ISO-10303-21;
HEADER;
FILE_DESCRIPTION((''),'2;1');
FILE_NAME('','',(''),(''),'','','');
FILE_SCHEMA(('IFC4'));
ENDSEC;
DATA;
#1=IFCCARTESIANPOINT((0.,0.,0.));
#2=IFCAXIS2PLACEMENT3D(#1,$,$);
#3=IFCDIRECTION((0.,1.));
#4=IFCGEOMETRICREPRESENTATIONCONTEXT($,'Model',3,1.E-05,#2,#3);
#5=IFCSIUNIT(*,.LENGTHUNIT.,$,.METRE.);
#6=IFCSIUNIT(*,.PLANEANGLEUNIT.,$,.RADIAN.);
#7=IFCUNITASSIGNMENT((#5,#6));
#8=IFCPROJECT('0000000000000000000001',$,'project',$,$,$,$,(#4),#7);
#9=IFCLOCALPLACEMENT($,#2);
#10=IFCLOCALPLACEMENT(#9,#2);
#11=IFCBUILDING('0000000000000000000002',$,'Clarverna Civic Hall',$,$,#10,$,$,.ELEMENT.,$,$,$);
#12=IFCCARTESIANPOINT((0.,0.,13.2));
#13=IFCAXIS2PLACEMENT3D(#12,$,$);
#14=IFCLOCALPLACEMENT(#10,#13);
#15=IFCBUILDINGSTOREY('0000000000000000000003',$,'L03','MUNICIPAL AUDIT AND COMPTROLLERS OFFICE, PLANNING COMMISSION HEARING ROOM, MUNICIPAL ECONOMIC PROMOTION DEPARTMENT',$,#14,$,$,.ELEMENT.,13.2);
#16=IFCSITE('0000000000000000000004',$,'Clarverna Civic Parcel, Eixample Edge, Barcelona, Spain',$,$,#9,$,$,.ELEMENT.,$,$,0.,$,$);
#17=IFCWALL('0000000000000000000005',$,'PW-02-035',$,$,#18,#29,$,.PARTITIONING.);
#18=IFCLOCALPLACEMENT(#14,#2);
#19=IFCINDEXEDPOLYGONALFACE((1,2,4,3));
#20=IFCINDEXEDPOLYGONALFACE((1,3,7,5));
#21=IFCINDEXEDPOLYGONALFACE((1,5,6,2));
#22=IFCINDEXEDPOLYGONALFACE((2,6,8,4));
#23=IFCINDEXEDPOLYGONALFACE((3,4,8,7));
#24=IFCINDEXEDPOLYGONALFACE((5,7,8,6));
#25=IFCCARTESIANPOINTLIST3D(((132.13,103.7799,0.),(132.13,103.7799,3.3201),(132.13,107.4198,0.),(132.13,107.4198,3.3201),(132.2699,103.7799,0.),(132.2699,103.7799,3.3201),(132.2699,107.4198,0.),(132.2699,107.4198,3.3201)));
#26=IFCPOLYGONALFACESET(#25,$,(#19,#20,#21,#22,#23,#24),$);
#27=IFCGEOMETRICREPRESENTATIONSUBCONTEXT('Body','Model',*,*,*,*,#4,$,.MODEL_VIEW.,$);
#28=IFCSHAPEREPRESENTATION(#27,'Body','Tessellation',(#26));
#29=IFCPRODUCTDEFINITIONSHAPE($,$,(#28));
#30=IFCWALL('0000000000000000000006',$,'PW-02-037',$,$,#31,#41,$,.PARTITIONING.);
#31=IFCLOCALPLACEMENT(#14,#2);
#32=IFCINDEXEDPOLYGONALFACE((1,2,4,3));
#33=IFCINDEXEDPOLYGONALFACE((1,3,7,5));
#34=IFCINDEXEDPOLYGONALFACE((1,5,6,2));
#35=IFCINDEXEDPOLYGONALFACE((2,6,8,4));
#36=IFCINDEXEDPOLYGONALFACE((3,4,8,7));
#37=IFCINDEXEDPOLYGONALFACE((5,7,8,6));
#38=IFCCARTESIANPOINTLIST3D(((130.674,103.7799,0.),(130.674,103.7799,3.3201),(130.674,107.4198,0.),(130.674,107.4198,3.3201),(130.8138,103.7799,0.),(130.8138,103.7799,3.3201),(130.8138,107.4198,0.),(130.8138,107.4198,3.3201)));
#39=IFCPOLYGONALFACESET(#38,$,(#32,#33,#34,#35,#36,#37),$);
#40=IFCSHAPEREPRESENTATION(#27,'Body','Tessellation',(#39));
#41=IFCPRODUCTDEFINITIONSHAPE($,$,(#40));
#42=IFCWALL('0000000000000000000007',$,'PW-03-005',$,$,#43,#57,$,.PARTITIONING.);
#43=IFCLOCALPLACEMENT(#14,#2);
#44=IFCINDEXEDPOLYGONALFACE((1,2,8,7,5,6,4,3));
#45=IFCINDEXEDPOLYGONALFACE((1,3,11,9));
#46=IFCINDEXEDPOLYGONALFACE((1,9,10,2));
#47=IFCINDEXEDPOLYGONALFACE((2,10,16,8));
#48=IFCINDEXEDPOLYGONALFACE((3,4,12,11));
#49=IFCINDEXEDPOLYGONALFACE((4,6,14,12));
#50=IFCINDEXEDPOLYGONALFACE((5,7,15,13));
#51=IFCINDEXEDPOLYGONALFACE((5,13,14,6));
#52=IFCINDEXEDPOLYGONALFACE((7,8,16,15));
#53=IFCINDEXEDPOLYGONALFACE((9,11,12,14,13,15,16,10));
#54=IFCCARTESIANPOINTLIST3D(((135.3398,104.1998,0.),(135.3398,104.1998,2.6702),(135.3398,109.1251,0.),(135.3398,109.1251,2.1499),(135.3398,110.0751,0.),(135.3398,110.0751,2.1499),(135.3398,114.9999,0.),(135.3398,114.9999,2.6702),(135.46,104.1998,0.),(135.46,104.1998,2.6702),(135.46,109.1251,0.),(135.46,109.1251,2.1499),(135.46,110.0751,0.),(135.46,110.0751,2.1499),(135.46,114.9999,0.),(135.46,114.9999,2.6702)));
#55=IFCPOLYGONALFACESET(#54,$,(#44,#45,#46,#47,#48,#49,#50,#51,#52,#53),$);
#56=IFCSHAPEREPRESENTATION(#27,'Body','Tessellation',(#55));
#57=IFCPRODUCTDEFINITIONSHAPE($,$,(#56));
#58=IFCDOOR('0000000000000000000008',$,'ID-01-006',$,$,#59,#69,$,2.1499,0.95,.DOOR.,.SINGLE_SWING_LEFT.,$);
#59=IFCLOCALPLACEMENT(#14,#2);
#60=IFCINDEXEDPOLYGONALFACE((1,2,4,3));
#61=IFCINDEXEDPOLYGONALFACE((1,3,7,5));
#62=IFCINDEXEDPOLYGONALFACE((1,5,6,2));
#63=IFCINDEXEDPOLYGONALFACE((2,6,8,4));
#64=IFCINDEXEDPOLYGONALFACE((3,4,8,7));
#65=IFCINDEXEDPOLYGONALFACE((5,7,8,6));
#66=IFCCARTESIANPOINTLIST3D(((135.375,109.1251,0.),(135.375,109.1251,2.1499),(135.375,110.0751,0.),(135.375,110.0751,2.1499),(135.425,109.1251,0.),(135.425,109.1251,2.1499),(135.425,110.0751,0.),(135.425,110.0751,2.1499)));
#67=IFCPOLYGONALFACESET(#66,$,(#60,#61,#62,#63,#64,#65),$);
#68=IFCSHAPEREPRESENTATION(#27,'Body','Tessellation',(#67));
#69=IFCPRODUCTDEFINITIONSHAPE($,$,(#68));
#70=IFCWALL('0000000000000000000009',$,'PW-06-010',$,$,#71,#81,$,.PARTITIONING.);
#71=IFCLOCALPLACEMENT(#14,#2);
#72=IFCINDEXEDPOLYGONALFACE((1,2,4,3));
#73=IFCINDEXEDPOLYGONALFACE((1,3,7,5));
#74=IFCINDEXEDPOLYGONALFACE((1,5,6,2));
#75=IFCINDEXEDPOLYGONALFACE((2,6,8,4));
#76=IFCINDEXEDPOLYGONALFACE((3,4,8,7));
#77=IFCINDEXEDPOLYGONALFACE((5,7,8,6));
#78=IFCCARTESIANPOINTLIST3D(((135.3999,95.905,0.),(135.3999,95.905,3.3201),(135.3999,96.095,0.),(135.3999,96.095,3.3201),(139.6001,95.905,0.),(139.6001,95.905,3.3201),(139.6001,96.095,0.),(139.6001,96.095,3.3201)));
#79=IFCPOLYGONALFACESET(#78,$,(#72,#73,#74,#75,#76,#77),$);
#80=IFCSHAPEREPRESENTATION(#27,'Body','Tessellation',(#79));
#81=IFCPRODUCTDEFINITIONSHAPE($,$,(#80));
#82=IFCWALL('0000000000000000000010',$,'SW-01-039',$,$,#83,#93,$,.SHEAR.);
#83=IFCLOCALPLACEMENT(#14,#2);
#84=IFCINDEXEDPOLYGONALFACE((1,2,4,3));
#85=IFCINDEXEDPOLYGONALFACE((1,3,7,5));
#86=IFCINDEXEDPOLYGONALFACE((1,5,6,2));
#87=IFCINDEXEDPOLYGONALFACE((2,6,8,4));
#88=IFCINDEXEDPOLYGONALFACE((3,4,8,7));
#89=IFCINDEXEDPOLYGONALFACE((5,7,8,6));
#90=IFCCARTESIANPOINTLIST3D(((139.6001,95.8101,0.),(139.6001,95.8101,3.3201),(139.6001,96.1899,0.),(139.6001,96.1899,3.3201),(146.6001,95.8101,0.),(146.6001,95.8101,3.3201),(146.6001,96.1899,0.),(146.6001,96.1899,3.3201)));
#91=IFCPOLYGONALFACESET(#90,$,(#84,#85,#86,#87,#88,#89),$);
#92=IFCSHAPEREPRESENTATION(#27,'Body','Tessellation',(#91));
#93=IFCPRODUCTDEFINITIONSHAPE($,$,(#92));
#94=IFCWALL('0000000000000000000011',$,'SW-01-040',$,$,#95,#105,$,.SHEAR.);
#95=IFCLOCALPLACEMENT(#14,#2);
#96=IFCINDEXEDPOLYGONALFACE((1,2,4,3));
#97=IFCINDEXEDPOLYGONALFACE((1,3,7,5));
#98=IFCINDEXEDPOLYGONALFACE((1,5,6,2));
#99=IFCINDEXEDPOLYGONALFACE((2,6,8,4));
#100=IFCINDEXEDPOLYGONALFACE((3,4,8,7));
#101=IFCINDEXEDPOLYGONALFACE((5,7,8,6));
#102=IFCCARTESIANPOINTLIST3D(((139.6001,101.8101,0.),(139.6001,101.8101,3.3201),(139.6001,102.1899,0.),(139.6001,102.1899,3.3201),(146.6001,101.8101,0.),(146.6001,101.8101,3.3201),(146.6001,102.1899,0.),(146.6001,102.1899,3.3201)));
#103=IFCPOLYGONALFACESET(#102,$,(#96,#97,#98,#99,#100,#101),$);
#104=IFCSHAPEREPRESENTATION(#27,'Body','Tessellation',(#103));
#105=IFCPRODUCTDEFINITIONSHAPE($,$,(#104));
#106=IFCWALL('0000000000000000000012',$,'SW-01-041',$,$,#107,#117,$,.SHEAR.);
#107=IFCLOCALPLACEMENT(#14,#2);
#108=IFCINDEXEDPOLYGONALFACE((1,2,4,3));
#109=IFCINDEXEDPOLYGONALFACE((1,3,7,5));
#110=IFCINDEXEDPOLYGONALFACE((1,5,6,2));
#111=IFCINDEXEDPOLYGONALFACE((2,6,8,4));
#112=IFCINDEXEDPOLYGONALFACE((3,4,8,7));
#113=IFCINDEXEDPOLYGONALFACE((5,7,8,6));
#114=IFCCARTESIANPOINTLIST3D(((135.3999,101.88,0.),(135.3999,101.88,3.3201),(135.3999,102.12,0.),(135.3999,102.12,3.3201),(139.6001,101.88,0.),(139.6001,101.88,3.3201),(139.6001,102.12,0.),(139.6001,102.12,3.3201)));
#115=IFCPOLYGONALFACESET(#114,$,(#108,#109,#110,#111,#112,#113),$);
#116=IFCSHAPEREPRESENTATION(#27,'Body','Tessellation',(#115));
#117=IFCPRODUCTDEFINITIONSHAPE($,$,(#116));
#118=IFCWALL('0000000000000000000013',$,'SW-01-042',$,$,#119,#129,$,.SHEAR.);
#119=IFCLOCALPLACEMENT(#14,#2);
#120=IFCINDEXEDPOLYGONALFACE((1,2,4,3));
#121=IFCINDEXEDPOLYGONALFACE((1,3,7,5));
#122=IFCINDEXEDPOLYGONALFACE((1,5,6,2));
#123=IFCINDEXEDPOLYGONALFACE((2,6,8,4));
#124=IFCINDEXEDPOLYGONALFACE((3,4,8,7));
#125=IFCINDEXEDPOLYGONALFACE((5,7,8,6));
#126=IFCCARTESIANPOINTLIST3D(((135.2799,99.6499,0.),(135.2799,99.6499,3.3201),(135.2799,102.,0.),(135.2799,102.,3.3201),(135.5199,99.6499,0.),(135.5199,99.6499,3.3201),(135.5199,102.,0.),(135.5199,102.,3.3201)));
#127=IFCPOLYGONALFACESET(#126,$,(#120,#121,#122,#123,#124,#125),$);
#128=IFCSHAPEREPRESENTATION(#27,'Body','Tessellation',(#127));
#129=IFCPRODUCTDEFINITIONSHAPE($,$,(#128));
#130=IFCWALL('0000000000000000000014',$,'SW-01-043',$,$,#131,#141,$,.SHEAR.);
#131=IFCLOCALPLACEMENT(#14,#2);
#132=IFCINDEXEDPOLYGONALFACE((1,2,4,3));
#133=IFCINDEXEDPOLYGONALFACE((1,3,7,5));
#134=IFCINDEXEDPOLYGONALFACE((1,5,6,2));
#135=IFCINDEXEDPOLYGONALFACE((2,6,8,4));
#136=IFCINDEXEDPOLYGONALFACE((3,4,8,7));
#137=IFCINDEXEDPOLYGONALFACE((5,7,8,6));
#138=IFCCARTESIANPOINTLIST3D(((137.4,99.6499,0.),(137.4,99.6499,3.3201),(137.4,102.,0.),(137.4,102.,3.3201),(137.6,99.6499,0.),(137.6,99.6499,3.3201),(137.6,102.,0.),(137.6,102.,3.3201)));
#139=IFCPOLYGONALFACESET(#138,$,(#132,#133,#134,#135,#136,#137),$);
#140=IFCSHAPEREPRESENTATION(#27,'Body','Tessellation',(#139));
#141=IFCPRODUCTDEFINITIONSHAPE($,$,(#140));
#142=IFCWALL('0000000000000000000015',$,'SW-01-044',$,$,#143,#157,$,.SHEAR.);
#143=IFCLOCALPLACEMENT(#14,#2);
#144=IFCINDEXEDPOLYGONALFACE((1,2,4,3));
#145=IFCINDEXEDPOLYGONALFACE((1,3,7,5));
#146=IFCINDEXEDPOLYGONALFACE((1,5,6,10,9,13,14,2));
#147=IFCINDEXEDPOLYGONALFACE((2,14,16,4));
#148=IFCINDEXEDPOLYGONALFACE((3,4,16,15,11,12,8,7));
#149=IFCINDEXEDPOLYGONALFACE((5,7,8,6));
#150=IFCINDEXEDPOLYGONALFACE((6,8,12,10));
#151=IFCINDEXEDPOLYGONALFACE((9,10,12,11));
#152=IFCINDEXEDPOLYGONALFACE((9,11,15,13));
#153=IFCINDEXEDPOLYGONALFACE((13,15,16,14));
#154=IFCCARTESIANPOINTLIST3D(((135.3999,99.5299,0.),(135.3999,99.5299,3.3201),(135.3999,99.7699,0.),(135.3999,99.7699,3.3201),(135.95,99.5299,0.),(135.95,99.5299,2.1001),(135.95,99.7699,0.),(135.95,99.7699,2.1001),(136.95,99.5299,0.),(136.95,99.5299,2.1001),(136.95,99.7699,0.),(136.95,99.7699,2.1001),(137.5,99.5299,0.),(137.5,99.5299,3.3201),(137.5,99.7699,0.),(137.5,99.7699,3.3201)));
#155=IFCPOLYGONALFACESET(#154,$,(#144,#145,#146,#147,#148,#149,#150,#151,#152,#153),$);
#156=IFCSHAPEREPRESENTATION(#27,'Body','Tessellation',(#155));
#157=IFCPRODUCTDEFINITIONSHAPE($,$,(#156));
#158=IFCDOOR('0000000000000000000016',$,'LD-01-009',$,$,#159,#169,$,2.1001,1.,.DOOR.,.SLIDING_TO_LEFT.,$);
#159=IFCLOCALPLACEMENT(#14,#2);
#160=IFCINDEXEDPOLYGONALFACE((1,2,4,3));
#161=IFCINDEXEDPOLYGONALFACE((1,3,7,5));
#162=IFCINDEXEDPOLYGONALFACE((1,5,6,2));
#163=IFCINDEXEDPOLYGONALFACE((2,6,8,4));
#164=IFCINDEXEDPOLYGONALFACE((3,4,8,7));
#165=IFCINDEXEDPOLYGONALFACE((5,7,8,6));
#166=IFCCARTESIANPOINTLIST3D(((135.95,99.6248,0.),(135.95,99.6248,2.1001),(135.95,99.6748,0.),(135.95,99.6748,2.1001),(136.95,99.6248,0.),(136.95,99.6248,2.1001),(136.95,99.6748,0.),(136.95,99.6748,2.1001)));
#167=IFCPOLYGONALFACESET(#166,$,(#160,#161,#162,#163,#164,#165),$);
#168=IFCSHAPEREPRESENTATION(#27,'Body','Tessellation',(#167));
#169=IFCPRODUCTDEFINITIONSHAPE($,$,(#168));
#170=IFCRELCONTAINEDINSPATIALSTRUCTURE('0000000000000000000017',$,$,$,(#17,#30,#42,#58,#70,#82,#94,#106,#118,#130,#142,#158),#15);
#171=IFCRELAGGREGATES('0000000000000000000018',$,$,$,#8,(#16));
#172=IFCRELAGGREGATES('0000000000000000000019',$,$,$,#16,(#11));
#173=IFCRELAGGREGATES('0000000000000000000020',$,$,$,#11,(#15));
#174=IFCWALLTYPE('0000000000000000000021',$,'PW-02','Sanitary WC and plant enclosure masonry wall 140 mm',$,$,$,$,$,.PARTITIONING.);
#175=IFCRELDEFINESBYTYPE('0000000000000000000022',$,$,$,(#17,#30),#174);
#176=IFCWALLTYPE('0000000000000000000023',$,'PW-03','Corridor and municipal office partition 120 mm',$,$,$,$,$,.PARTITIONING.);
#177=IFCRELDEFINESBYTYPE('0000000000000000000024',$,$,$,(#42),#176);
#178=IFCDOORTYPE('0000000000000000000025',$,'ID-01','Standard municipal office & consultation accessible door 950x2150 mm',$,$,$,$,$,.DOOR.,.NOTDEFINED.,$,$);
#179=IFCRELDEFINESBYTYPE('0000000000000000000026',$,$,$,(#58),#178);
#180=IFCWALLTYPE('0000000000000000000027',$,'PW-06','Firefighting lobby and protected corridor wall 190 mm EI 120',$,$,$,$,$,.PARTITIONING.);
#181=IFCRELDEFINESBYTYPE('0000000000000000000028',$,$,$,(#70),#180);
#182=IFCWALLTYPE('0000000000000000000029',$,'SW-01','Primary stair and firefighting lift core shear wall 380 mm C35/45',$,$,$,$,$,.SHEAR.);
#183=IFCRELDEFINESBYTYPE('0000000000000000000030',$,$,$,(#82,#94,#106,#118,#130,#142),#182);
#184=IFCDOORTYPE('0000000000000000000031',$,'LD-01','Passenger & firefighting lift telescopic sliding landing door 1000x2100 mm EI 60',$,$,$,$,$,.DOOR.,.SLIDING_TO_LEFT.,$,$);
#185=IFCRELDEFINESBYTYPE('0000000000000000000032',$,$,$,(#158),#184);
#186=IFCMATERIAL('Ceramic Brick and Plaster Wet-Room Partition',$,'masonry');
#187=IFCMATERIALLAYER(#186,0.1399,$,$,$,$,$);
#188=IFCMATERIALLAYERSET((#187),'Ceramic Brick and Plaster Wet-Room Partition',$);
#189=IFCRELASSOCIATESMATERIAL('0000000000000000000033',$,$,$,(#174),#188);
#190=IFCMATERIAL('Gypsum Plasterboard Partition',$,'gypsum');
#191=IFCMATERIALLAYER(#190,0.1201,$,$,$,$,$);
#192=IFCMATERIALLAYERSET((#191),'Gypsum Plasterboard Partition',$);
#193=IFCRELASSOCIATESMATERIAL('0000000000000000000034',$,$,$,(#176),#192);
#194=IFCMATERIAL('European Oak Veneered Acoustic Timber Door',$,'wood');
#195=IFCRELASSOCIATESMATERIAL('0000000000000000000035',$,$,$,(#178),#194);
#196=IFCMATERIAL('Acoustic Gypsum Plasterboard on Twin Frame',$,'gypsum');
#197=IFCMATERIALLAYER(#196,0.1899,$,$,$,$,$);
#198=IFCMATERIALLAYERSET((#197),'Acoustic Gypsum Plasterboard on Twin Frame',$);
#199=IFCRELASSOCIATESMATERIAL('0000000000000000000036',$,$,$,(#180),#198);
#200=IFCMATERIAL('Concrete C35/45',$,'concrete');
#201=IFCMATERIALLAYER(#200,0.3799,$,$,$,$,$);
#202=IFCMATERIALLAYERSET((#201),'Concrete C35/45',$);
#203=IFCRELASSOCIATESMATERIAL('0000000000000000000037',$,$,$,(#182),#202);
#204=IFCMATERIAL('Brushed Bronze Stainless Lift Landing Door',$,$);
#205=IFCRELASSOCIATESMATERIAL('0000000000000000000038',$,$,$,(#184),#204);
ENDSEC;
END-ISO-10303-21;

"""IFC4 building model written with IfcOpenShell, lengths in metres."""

from ifc_helpers import new_model, si_unit, direction, frame, frame_2d, origin, place, context, subcontext, project, spatial, rectangle, extrude, material, layer, layer_set, type_object, element, fill, save


model = new_model("IFC4")

# Units and contexts
model_context = context("Model", 3, precision=1e-05, world=origin(), true_north=direction((0.0, 1.0)))
body_context = subcontext(model_context, "Body", "Model", "MODEL_VIEW")
ifc_project = project(units=[si_unit("LENGTHUNIT", "METRE"), si_unit("PLANEANGLEUNIT", "RADIAN")], contexts=[model_context])

# Site, building, storey
site_placement = place(None, origin())
site = spatial("IfcSite", under=ifc_project, at=site_placement, Name="Clarverna Civic Parcel, Eixample Edge, Barcelona, Spain", CompositionType="ELEMENT", RefElevation=0.0)
building_placement = place(site_placement, origin())
building = spatial("IfcBuilding", under=site, at=building_placement, Name="Clarverna Civic Hall", CompositionType="ELEMENT")
storey_placement = place(building_placement, frame((0.0, 0.0, 13.2)))
storey = spatial("IfcBuildingStorey", under=building, at=storey_placement, Name="L03", Description="MUNICIPAL AUDIT AND COMPTROLLERS OFFICE, PLANNING COMMISSION HEARING ROOM, MUNICIPAL ECONOMIC PROMOTION DEPARTMENT", CompositionType="ELEMENT", Elevation=13.2)

# Walls
ifc_material_1 = material(Name="Ceramic Brick and Plaster Wet-Room Partition", Category="masonry")
ifc_layer_1 = layer(ifc_material_1, 0.1399)
ifc_layer_set_1 = layer_set([ifc_layer_1], Name="Ceramic Brick and Plaster Wet-Room Partition")
wall_type_1 = type_object("IfcWallType", Name="PW-02", Description="Sanitary WC and plant enclosure masonry wall 140 mm", PredefinedType="PARTITIONING", material=ifc_layer_set_1)
for number, where, z_axis, x_axis, name in (
    (1, (132.2, 103.78, 0.0), (0.0, 0.0, 1.0), (0.0, 1.0, 0.0), "PW-02-035"),
    (2, (130.7439, 103.78, 0.0), (0.0, 0.0, 1.0), (0.0, 1.0, 0.0), "PW-02-037"),
):
    element("IfcWall", number, at=place(storey_placement, frame(where, z_axis=z_axis, x_axis=x_axis)), inside=storey, type_object=wall_type_1, Name=name, PredefinedType="PARTITIONING", context=body_context, shape_type="SweptSolid", body=[
        extrude(rectangle(XDim=3.6399, YDim=0.1399, at=frame_2d((1.8198, 0.0))), origin(), (0.0, 0.0, 1.0), 3.3201),
    ])

# Wall, opening, door
ifc_material_2 = material(Name="Gypsum Plasterboard Partition", Category="gypsum")
ifc_layer_2 = layer(ifc_material_2, 0.1201)
ifc_layer_set_2 = layer_set([ifc_layer_2], Name="Gypsum Plasterboard Partition")
wall_type_2 = type_object("IfcWallType", Name="PW-03", Description="Corridor and municipal office partition 120 mm", PredefinedType="PARTITIONING", material=ifc_layer_set_2)
wall_1_placement = place(storey_placement, frame((135.3999, 104.2, 0.0), z_axis=(0.0, 0.0, 1.0), x_axis=(0.0, 1.0, 0.0)))
wall_1 = element("IfcWall", 3, at=wall_1_placement, inside=storey, type_object=wall_type_2, Name="PW-03-005", PredefinedType="PARTITIONING", context=body_context, shape_type="SweptSolid", body=[
    extrude(rectangle(XDim=10.8, YDim=0.1201, at=frame_2d((5.3999, 0.0))), origin(), (0.0, 0.0, 1.0), 2.6702),
])
opening_1_placement = place(wall_1_placement, frame((4.925, 0.0, 0.0)))
opening_1 = element("IfcOpeningElement", 4, at=opening_1_placement, cuts=wall_1, PredefinedType="OPENING", context=body_context, shape_type="SweptSolid", body=[
    extrude(rectangle(XDim=0.95, YDim=2.1499, at=frame_2d((0.4751, 1.075))), frame((0.0, 0.0701, 0.0), z_axis=(0.0, -1.0, 0.0), x_axis=(1.0, 0.0, 0.0)), (0.0, 0.0, 1.0), 0.1401),
])
ifc_material_3 = material(Name="European Oak Veneered Acoustic Timber Door", Category="wood")
door_type_1 = type_object("IfcDoorType", Name="ID-01", Description="Standard municipal office & consultation accessible door 950x2150 mm", OperationType="NOTDEFINED", PredefinedType="DOOR", material=ifc_material_3)
door_1_placement = place(opening_1_placement, origin())
door_1 = element("IfcDoor", 5, at=door_1_placement, inside=storey, type_object=door_type_1, Name="ID-01-006", OperationType="SINGLE_SWING_LEFT", OverallHeight=2.1499, OverallWidth=0.95, PredefinedType="DOOR", context=body_context, shape_type="SweptSolid", body=[
    extrude(rectangle(XDim=0.95, YDim=2.1499, at=frame_2d((0.4751, 1.075))), frame((0.0, 0.0249, 0.0), z_axis=(0.0, -1.0, 0.0), x_axis=(1.0, 0.0, 0.0)), (0.0, 0.0, 1.0), 0.05),
])
fill(opening_1, door_1)
ifc_material_4 = material(Name="Acoustic Gypsum Plasterboard on Twin Frame", Category="gypsum")
ifc_layer_3 = layer(ifc_material_4, 0.1899)
ifc_layer_set_3 = layer_set([ifc_layer_3], Name="Acoustic Gypsum Plasterboard on Twin Frame")
wall_type_3 = type_object("IfcWallType", Name="PW-06", Description="Firefighting lobby and protected corridor wall 190 mm EI 120", PredefinedType="PARTITIONING", material=ifc_layer_set_3)

# Wall
wall_2_placement = place(storey_placement, frame((135.3999, 96.0, 0.0), z_axis=(0.0, 0.0, 1.0), x_axis=(1.0, 0.0, 0.0)))
element("IfcWall", 6, at=wall_2_placement, inside=storey, type_object=wall_type_3, Name="PW-06-010", PredefinedType="PARTITIONING", context=body_context, shape_type="SweptSolid", body=[
    extrude(rectangle(XDim=4.2002, YDim=0.1899, at=frame_2d((2.1001, 0.0))), origin(), (0.0, 0.0, 1.0), 3.3201),
])

# Shared definitions
ifc_material_5 = material(Name="Concrete C35/45", Category="concrete")
ifc_layer_4 = layer(ifc_material_5, 0.3799)
ifc_layer_set_4 = layer_set([ifc_layer_4], Name="Concrete C35/45")
wall_type_4 = type_object("IfcWallType", Name="SW-01", Description="Primary stair and firefighting lift core shear wall 380 mm C35/45", PredefinedType="SHEAR", material=ifc_layer_set_4)

# Walls
for number, where, z_axis, x_axis, name in (
    (7, (139.6001, 96.0, 0.0), (0.0, 0.0, 1.0), (1.0, 0.0, 0.0), "SW-01-039"),
    (8, (139.6001, 102.0, 0.0), (0.0, 0.0, 1.0), (1.0, 0.0, 0.0), "SW-01-040"),
):
    element("IfcWall", number, at=place(storey_placement, frame(where, z_axis=z_axis, x_axis=x_axis)), inside=storey, type_object=wall_type_4, Name=name, PredefinedType="SHEAR", context=body_context, shape_type="SweptSolid", body=[
        extrude(rectangle(XDim=7.0, YDim=0.3799, at=frame_2d((3.5, 0.0))), origin(), (0.0, 0.0, 1.0), 3.3201),
    ])
wall_3_placement = place(storey_placement, frame((135.3999, 102.0, 0.0), z_axis=(0.0, 0.0, 1.0), x_axis=(1.0, 0.0, 0.0)))
element("IfcWall", 9, at=wall_3_placement, inside=storey, type_object=wall_type_4, Name="SW-01-041", PredefinedType="SHEAR", context=body_context, shape_type="SweptSolid", body=[
    extrude(rectangle(XDim=4.2002, YDim=0.24, at=frame_2d((2.1001, 0.0))), origin(), (0.0, 0.0, 1.0), 3.3201),
])
wall_4_placement = place(storey_placement, frame((135.3999, 99.6499, 0.0), z_axis=(0.0, 0.0, 1.0), x_axis=(0.0, 1.0, 0.0)))
element("IfcWall", 10, at=wall_4_placement, inside=storey, type_object=wall_type_4, Name="SW-01-042", PredefinedType="SHEAR", context=body_context, shape_type="SweptSolid", body=[
    extrude(rectangle(XDim=2.3501, YDim=0.24, at=frame_2d((1.175, 0.0))), origin(), (0.0, 0.0, 1.0), 3.3201),
])
wall_5_placement = place(storey_placement, frame((137.5, 99.6499, 0.0), z_axis=(0.0, 0.0, 1.0), x_axis=(0.0, 1.0, 0.0)))
element("IfcWall", 11, at=wall_5_placement, inside=storey, type_object=wall_type_4, Name="SW-01-043", PredefinedType="SHEAR", context=body_context, shape_type="SweptSolid", body=[
    extrude(rectangle(XDim=2.3501, YDim=0.2, at=frame_2d((1.175, 0.0))), origin(), (0.0, 0.0, 1.0), 3.3201),
])

# Wall, opening, door
wall_6_placement = place(storey_placement, frame((135.3999, 99.6499, 0.0), z_axis=(0.0, 0.0, 1.0), x_axis=(1.0, 0.0, 0.0)))
wall_6 = element("IfcWall", 12, at=wall_6_placement, inside=storey, type_object=wall_type_4, Name="SW-01-044", PredefinedType="SHEAR", context=body_context, shape_type="SweptSolid", body=[
    extrude(rectangle(XDim=2.1001, YDim=0.24, at=frame_2d((1.05, 0.0))), origin(), (0.0, 0.0, 1.0), 3.3201),
])
opening_2_placement = place(wall_6_placement, frame((0.55, 0.0, 0.0)))
opening_2 = element("IfcOpeningElement", 13, at=opening_2_placement, cuts=wall_6, PredefinedType="OPENING", context=body_context, shape_type="SweptSolid", body=[
    extrude(rectangle(XDim=1.0, YDim=2.1001, at=frame_2d((0.5, 1.05))), frame((0.0, 0.1299, 0.0), z_axis=(0.0, -1.0, 0.0), x_axis=(1.0, 0.0, 0.0)), (0.0, 0.0, 1.0), 0.26),
])
ifc_material_6 = material(Name="Brushed Bronze Stainless Lift Landing Door")
door_type_2 = type_object("IfcDoorType", Name="LD-01", Description="Passenger & firefighting lift telescopic sliding landing door 1000x2100 mm EI 60", OperationType="SLIDING_TO_LEFT", PredefinedType="DOOR", material=ifc_material_6)
door_2_placement = place(opening_2_placement, origin())
door_2 = element("IfcDoor", 14, at=door_2_placement, inside=storey, type_object=door_type_2, Name="LD-01-009", OperationType="SLIDING_TO_LEFT", OverallHeight=2.1001, OverallWidth=1.0, PredefinedType="DOOR", context=body_context, shape_type="SweptSolid", body=[
    extrude(rectangle(XDim=1.0, YDim=2.1001, at=frame_2d((0.5, 1.05))), frame((0.0, 0.0249, 0.0), z_axis=(0.0, -1.0, 0.0), x_axis=(1.0, 0.0, 0.0)), (0.0, 0.0, 1.0), 0.05),
])
fill(opening_2, door_2)

save(model, "model.ifc")
